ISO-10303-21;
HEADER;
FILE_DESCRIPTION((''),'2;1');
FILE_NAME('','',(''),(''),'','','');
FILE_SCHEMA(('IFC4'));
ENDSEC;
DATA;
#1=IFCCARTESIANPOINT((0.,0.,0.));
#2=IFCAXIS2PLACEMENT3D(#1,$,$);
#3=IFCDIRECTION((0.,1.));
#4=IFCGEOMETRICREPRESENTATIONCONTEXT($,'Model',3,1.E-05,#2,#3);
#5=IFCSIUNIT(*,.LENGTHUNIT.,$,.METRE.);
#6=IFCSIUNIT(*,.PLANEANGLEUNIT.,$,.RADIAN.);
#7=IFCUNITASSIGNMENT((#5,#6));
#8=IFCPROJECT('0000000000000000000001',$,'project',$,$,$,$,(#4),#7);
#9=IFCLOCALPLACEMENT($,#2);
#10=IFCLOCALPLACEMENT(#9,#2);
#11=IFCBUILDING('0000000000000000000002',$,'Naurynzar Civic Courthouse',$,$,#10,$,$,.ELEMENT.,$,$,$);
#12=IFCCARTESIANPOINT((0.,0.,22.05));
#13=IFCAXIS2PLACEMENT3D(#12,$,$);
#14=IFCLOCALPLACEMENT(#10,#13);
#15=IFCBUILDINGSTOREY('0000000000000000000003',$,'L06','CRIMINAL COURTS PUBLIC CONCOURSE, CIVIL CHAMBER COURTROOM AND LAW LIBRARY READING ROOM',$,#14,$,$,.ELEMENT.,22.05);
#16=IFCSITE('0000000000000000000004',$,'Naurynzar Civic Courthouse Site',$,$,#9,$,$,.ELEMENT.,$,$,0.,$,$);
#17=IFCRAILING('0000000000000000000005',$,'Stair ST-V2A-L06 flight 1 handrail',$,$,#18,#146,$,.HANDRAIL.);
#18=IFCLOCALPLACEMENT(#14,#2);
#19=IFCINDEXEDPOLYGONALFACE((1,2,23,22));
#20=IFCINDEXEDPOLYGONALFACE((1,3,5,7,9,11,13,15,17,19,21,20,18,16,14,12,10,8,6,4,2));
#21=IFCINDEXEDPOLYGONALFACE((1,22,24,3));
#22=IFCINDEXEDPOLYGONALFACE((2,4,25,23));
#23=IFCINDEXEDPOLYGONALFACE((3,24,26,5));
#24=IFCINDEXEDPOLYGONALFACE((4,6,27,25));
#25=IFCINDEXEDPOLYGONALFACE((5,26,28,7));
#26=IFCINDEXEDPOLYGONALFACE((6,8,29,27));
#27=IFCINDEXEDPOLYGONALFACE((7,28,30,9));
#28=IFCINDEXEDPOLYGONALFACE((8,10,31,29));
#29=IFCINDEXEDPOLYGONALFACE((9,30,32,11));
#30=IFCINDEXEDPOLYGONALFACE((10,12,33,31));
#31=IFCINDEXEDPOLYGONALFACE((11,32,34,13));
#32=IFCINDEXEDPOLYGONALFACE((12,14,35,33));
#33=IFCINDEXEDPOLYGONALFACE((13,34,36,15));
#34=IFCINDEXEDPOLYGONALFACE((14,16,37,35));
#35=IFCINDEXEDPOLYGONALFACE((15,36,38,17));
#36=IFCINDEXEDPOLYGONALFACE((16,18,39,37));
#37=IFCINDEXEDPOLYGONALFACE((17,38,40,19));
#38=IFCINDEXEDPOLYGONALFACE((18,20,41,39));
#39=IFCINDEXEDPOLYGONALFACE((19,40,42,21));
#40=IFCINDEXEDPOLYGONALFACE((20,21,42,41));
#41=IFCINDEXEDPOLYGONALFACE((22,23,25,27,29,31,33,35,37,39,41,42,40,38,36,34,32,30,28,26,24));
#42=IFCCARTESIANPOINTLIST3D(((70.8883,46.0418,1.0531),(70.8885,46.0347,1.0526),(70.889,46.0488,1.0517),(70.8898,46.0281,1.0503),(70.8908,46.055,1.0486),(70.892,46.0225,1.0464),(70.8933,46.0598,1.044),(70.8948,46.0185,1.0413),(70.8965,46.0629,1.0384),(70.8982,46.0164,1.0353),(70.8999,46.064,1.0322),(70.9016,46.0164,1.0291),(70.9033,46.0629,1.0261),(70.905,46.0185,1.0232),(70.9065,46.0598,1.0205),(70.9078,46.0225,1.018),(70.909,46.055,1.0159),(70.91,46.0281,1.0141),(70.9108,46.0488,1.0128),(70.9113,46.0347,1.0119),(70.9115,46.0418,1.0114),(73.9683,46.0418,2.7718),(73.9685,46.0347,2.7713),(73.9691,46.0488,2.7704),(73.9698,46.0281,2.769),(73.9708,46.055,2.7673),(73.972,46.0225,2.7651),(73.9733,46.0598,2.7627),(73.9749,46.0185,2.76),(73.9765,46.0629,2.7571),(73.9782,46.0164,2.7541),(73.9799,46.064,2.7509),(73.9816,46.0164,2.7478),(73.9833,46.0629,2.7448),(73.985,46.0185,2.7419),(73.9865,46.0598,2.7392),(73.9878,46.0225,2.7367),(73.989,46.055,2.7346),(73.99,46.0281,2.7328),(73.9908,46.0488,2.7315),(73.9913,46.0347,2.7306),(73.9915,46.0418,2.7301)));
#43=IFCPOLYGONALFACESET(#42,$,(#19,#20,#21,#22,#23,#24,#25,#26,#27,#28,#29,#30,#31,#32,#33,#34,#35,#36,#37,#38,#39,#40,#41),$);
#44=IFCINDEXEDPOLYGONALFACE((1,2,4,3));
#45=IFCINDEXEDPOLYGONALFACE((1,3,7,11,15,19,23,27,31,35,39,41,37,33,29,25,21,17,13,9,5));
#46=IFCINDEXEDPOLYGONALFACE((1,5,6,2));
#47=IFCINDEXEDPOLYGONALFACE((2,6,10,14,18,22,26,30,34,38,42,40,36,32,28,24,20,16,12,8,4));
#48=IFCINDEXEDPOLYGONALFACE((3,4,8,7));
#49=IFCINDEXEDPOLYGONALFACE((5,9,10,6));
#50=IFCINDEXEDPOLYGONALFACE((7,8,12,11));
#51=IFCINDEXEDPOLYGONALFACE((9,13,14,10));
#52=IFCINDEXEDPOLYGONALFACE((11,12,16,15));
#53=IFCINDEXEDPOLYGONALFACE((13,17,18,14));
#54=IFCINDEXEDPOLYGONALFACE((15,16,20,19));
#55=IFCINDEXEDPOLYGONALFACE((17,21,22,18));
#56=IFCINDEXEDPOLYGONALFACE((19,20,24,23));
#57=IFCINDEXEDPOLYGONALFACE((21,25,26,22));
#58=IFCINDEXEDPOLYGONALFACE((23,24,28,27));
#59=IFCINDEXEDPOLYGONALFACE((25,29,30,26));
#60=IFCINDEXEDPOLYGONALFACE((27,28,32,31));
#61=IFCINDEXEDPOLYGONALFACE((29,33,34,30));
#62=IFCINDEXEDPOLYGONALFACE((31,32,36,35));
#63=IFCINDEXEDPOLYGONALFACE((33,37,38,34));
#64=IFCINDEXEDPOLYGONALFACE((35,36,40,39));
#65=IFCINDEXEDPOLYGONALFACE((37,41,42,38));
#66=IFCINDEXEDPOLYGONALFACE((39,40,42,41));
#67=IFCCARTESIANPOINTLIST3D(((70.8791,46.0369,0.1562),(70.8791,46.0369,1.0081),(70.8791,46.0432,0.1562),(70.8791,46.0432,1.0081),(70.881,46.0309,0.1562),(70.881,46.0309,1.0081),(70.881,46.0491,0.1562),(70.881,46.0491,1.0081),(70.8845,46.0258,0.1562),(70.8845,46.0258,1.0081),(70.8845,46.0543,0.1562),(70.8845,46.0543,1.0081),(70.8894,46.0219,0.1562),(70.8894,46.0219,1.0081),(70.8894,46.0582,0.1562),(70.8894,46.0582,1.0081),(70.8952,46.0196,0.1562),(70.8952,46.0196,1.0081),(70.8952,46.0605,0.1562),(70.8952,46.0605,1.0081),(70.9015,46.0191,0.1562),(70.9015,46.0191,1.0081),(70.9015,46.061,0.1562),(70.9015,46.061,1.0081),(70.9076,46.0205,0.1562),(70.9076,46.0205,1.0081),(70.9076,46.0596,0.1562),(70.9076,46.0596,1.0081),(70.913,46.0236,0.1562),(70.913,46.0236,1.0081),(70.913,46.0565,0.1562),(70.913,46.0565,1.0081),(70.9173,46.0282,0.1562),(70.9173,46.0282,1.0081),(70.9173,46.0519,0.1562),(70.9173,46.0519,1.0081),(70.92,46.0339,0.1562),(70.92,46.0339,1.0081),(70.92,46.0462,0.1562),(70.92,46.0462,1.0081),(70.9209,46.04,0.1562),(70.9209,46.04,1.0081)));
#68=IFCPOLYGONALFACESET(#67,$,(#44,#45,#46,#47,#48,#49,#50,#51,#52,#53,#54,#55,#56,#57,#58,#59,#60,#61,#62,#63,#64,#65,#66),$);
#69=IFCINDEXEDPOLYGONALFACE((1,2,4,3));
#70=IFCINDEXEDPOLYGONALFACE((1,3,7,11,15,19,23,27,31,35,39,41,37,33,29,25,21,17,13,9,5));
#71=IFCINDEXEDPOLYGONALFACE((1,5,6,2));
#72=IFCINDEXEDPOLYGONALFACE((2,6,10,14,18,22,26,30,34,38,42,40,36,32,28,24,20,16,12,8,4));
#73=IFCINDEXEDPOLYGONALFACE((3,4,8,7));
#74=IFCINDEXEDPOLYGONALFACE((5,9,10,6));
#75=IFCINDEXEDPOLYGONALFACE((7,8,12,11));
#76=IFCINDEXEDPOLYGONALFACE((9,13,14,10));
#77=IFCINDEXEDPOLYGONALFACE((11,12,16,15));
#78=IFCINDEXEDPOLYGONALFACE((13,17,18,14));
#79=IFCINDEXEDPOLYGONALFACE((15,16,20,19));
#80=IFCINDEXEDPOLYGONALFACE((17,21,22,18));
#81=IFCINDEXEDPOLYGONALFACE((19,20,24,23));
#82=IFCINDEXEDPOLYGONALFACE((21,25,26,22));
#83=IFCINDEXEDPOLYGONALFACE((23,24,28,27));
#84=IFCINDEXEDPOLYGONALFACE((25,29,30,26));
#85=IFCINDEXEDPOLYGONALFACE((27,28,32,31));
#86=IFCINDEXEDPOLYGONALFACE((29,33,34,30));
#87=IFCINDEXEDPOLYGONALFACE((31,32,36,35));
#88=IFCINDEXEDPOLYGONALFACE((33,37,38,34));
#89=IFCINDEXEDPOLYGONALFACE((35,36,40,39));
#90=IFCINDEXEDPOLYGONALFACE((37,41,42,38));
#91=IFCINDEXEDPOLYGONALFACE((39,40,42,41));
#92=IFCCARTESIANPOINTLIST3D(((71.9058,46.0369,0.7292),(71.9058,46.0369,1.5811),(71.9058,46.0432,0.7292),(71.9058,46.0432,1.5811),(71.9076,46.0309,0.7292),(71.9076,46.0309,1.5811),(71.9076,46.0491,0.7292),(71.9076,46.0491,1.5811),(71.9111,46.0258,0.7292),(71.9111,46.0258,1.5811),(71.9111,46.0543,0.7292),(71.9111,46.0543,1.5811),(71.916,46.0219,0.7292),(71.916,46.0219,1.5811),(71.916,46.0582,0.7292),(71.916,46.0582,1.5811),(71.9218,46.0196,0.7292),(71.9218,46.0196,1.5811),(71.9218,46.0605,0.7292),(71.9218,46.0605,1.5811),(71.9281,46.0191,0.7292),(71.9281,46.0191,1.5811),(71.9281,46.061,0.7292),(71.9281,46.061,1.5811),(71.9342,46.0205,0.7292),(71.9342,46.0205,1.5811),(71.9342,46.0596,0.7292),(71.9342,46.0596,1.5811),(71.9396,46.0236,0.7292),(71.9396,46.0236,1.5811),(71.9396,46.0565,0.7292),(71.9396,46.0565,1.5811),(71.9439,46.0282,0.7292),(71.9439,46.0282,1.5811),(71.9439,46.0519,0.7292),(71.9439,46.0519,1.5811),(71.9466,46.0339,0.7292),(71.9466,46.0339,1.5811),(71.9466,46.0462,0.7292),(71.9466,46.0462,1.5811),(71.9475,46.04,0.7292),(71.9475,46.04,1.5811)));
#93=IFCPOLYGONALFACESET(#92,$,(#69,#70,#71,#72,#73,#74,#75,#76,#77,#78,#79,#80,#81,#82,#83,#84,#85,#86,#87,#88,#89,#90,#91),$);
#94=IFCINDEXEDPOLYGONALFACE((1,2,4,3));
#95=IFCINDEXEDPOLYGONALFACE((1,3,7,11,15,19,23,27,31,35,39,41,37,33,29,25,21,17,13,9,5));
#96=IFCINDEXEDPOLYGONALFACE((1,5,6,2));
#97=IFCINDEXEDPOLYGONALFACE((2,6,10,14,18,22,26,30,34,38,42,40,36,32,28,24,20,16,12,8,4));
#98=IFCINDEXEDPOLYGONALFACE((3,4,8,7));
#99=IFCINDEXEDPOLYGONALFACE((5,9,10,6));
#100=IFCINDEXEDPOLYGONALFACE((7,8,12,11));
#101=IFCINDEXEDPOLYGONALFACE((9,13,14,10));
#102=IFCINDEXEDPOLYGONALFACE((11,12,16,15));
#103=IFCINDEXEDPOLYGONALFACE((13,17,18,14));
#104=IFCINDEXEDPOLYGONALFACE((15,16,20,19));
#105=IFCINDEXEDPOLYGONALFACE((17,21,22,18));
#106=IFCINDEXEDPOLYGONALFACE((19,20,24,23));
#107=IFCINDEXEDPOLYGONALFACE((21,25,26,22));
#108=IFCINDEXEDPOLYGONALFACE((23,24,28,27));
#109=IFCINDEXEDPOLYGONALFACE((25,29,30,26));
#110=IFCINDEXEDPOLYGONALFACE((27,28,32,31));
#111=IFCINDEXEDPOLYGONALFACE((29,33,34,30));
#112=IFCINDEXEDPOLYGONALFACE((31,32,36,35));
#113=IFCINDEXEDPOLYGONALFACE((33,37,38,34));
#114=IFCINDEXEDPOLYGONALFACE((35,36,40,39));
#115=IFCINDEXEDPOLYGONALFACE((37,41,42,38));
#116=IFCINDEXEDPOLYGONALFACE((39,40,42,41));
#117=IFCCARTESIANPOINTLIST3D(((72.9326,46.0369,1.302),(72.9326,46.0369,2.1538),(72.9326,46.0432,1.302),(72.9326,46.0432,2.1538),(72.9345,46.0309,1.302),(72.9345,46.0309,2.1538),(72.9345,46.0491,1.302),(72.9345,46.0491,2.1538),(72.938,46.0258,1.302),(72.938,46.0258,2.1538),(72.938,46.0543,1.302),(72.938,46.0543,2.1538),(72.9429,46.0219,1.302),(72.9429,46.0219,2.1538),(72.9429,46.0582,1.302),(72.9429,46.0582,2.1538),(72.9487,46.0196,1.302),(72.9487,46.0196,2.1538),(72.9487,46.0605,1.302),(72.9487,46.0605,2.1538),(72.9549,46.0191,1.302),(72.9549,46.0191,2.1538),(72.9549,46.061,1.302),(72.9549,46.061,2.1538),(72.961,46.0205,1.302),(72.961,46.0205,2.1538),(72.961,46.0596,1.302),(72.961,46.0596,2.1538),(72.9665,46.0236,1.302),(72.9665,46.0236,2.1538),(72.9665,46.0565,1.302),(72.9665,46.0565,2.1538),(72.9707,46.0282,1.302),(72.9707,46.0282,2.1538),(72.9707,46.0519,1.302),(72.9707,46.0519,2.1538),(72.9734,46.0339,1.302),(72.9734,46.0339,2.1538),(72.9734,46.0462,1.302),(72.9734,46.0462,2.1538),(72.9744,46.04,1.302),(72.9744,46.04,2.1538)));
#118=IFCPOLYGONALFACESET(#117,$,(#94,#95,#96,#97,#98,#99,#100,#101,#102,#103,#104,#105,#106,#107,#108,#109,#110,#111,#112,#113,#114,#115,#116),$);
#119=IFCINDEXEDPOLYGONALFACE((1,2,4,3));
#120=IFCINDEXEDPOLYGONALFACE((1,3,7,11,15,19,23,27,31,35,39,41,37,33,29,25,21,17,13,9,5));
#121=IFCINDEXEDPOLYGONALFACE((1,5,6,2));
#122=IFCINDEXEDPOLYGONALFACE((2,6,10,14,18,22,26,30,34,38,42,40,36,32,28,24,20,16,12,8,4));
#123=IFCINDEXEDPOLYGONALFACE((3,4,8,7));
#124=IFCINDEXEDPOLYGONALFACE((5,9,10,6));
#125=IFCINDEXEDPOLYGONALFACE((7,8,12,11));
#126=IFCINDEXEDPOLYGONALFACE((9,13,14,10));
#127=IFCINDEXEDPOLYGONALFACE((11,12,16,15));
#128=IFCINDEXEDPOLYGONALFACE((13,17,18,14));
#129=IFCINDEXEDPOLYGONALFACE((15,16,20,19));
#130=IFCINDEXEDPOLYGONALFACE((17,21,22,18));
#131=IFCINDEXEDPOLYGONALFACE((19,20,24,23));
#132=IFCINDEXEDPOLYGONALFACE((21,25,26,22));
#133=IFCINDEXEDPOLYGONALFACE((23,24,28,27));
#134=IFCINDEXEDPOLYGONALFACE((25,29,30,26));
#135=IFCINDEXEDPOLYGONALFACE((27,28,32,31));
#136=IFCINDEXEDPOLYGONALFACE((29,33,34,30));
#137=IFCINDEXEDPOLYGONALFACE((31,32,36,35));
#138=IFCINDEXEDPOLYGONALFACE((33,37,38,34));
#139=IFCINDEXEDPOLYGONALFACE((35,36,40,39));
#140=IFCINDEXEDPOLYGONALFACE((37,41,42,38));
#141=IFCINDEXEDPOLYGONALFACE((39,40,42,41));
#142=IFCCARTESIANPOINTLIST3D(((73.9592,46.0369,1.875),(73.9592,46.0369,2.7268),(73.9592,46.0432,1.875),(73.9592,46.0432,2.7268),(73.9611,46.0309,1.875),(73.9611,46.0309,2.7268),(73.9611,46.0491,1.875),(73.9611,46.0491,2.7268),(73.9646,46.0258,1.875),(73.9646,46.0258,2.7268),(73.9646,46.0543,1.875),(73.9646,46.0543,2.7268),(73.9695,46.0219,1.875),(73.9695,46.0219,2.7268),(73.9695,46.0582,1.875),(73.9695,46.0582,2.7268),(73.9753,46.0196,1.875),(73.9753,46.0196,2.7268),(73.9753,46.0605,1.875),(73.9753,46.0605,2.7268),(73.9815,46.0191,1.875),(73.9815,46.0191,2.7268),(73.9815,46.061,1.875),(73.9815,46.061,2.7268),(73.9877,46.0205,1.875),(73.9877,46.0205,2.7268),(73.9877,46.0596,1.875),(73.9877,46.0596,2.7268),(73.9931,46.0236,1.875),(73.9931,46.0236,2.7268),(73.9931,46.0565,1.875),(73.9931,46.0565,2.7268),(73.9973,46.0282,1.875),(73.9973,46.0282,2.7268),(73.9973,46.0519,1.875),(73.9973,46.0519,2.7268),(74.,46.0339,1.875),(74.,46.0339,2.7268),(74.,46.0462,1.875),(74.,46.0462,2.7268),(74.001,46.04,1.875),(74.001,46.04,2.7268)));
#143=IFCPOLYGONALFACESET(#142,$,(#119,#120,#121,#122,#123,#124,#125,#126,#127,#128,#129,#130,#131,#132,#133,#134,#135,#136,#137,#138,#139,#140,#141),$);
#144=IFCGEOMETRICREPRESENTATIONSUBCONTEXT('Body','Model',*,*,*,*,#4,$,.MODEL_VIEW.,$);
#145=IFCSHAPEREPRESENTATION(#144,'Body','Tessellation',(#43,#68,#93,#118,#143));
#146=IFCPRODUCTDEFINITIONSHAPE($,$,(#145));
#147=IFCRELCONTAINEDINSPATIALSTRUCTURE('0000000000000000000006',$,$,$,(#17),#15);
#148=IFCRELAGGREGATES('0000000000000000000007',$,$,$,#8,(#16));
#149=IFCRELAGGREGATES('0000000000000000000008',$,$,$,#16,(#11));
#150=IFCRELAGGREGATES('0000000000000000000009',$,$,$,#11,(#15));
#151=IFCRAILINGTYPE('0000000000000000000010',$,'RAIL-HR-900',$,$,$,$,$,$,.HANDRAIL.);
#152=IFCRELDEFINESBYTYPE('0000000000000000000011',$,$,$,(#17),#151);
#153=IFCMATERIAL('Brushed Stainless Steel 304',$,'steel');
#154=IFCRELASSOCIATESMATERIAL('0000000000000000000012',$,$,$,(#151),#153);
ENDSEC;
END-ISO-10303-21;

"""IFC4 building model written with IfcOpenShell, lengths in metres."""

from ifc_helpers import new_model, si_unit, direction, frame, origin, origin_2d, place, context, subcontext, project, spatial, circle, extrude, material, type_object, element, save


model = new_model("IFC4")

# Units and contexts
model_context = context("Model", 3, precision=1e-05, world=origin(), true_north=direction((0.0, 1.0)))
body_context = subcontext(model_context, "Body", "Model", "MODEL_VIEW")
ifc_project = project(units=[si_unit("LENGTHUNIT", "METRE"), si_unit("PLANEANGLEUNIT", "RADIAN")], contexts=[model_context])

# Site, building, storey
site_placement = place(None, origin())
site = spatial("IfcSite", under=ifc_project, at=site_placement, Name="Naurynzar Civic Courthouse Site", CompositionType="ELEMENT", RefElevation=0.0)
building_placement = place(site_placement, origin())
building = spatial("IfcBuilding", under=site, at=building_placement, Name="Naurynzar Civic Courthouse", CompositionType="ELEMENT")
storey_placement = place(building_placement, frame((0.0, 0.0, 22.05)))
storey = spatial("IfcBuildingStorey", under=building, at=storey_placement, Name="L06", Description="CRIMINAL COURTS PUBLIC CONCOURSE, CIVIL CHAMBER COURTROOM AND LAW LIBRARY READING ROOM", CompositionType="ELEMENT", Elevation=22.05)

# Railing
ifc_material_1 = material(Name="Brushed Stainless Steel 304", Category="steel")
railing_type_1 = type_object("IfcRailingType", Name="RAIL-HR-900", PredefinedType="HANDRAIL", material=ifc_material_1)
railing_1_placement = place(storey_placement, frame((70.8999, 46.04, 0.1562)))
element("IfcRailing", 1, at=railing_1_placement, inside=storey, type_object=railing_type_1, Name="Stair ST-V2A-L06 flight 1 handrail", PredefinedType="HANDRAIL", context=body_context, shape_type="SweptSolid", body=[
    extrude(circle(Radius=0.0239, at=origin_2d()), frame((0.0, 0.0, 0.876), z_axis=(0.873242, 0.0, 0.487288), x_axis=(0.0, 1.0, 0.0)), (0.0, 0.0, 1.0), 3.5271),
    extrude(circle(Radius=0.021, at=origin_2d()), origin(), (0.0, 0.0, 1.0), 0.8518),
    extrude(circle(Radius=0.021, at=origin_2d()), frame((1.0266, 0.0, 0.573)), (0.0, 0.0, 1.0), 0.8518),
    extrude(circle(Radius=0.021, at=origin_2d()), frame((2.0535, 0.0, 1.1458)), (0.0, 0.0, 1.0), 0.8518),
    extrude(circle(Radius=0.021, at=origin_2d()), frame((3.0801, 0.0, 1.7188)), (0.0, 0.0, 1.0), 0.8518),
])

save(model, "model.ifc")
